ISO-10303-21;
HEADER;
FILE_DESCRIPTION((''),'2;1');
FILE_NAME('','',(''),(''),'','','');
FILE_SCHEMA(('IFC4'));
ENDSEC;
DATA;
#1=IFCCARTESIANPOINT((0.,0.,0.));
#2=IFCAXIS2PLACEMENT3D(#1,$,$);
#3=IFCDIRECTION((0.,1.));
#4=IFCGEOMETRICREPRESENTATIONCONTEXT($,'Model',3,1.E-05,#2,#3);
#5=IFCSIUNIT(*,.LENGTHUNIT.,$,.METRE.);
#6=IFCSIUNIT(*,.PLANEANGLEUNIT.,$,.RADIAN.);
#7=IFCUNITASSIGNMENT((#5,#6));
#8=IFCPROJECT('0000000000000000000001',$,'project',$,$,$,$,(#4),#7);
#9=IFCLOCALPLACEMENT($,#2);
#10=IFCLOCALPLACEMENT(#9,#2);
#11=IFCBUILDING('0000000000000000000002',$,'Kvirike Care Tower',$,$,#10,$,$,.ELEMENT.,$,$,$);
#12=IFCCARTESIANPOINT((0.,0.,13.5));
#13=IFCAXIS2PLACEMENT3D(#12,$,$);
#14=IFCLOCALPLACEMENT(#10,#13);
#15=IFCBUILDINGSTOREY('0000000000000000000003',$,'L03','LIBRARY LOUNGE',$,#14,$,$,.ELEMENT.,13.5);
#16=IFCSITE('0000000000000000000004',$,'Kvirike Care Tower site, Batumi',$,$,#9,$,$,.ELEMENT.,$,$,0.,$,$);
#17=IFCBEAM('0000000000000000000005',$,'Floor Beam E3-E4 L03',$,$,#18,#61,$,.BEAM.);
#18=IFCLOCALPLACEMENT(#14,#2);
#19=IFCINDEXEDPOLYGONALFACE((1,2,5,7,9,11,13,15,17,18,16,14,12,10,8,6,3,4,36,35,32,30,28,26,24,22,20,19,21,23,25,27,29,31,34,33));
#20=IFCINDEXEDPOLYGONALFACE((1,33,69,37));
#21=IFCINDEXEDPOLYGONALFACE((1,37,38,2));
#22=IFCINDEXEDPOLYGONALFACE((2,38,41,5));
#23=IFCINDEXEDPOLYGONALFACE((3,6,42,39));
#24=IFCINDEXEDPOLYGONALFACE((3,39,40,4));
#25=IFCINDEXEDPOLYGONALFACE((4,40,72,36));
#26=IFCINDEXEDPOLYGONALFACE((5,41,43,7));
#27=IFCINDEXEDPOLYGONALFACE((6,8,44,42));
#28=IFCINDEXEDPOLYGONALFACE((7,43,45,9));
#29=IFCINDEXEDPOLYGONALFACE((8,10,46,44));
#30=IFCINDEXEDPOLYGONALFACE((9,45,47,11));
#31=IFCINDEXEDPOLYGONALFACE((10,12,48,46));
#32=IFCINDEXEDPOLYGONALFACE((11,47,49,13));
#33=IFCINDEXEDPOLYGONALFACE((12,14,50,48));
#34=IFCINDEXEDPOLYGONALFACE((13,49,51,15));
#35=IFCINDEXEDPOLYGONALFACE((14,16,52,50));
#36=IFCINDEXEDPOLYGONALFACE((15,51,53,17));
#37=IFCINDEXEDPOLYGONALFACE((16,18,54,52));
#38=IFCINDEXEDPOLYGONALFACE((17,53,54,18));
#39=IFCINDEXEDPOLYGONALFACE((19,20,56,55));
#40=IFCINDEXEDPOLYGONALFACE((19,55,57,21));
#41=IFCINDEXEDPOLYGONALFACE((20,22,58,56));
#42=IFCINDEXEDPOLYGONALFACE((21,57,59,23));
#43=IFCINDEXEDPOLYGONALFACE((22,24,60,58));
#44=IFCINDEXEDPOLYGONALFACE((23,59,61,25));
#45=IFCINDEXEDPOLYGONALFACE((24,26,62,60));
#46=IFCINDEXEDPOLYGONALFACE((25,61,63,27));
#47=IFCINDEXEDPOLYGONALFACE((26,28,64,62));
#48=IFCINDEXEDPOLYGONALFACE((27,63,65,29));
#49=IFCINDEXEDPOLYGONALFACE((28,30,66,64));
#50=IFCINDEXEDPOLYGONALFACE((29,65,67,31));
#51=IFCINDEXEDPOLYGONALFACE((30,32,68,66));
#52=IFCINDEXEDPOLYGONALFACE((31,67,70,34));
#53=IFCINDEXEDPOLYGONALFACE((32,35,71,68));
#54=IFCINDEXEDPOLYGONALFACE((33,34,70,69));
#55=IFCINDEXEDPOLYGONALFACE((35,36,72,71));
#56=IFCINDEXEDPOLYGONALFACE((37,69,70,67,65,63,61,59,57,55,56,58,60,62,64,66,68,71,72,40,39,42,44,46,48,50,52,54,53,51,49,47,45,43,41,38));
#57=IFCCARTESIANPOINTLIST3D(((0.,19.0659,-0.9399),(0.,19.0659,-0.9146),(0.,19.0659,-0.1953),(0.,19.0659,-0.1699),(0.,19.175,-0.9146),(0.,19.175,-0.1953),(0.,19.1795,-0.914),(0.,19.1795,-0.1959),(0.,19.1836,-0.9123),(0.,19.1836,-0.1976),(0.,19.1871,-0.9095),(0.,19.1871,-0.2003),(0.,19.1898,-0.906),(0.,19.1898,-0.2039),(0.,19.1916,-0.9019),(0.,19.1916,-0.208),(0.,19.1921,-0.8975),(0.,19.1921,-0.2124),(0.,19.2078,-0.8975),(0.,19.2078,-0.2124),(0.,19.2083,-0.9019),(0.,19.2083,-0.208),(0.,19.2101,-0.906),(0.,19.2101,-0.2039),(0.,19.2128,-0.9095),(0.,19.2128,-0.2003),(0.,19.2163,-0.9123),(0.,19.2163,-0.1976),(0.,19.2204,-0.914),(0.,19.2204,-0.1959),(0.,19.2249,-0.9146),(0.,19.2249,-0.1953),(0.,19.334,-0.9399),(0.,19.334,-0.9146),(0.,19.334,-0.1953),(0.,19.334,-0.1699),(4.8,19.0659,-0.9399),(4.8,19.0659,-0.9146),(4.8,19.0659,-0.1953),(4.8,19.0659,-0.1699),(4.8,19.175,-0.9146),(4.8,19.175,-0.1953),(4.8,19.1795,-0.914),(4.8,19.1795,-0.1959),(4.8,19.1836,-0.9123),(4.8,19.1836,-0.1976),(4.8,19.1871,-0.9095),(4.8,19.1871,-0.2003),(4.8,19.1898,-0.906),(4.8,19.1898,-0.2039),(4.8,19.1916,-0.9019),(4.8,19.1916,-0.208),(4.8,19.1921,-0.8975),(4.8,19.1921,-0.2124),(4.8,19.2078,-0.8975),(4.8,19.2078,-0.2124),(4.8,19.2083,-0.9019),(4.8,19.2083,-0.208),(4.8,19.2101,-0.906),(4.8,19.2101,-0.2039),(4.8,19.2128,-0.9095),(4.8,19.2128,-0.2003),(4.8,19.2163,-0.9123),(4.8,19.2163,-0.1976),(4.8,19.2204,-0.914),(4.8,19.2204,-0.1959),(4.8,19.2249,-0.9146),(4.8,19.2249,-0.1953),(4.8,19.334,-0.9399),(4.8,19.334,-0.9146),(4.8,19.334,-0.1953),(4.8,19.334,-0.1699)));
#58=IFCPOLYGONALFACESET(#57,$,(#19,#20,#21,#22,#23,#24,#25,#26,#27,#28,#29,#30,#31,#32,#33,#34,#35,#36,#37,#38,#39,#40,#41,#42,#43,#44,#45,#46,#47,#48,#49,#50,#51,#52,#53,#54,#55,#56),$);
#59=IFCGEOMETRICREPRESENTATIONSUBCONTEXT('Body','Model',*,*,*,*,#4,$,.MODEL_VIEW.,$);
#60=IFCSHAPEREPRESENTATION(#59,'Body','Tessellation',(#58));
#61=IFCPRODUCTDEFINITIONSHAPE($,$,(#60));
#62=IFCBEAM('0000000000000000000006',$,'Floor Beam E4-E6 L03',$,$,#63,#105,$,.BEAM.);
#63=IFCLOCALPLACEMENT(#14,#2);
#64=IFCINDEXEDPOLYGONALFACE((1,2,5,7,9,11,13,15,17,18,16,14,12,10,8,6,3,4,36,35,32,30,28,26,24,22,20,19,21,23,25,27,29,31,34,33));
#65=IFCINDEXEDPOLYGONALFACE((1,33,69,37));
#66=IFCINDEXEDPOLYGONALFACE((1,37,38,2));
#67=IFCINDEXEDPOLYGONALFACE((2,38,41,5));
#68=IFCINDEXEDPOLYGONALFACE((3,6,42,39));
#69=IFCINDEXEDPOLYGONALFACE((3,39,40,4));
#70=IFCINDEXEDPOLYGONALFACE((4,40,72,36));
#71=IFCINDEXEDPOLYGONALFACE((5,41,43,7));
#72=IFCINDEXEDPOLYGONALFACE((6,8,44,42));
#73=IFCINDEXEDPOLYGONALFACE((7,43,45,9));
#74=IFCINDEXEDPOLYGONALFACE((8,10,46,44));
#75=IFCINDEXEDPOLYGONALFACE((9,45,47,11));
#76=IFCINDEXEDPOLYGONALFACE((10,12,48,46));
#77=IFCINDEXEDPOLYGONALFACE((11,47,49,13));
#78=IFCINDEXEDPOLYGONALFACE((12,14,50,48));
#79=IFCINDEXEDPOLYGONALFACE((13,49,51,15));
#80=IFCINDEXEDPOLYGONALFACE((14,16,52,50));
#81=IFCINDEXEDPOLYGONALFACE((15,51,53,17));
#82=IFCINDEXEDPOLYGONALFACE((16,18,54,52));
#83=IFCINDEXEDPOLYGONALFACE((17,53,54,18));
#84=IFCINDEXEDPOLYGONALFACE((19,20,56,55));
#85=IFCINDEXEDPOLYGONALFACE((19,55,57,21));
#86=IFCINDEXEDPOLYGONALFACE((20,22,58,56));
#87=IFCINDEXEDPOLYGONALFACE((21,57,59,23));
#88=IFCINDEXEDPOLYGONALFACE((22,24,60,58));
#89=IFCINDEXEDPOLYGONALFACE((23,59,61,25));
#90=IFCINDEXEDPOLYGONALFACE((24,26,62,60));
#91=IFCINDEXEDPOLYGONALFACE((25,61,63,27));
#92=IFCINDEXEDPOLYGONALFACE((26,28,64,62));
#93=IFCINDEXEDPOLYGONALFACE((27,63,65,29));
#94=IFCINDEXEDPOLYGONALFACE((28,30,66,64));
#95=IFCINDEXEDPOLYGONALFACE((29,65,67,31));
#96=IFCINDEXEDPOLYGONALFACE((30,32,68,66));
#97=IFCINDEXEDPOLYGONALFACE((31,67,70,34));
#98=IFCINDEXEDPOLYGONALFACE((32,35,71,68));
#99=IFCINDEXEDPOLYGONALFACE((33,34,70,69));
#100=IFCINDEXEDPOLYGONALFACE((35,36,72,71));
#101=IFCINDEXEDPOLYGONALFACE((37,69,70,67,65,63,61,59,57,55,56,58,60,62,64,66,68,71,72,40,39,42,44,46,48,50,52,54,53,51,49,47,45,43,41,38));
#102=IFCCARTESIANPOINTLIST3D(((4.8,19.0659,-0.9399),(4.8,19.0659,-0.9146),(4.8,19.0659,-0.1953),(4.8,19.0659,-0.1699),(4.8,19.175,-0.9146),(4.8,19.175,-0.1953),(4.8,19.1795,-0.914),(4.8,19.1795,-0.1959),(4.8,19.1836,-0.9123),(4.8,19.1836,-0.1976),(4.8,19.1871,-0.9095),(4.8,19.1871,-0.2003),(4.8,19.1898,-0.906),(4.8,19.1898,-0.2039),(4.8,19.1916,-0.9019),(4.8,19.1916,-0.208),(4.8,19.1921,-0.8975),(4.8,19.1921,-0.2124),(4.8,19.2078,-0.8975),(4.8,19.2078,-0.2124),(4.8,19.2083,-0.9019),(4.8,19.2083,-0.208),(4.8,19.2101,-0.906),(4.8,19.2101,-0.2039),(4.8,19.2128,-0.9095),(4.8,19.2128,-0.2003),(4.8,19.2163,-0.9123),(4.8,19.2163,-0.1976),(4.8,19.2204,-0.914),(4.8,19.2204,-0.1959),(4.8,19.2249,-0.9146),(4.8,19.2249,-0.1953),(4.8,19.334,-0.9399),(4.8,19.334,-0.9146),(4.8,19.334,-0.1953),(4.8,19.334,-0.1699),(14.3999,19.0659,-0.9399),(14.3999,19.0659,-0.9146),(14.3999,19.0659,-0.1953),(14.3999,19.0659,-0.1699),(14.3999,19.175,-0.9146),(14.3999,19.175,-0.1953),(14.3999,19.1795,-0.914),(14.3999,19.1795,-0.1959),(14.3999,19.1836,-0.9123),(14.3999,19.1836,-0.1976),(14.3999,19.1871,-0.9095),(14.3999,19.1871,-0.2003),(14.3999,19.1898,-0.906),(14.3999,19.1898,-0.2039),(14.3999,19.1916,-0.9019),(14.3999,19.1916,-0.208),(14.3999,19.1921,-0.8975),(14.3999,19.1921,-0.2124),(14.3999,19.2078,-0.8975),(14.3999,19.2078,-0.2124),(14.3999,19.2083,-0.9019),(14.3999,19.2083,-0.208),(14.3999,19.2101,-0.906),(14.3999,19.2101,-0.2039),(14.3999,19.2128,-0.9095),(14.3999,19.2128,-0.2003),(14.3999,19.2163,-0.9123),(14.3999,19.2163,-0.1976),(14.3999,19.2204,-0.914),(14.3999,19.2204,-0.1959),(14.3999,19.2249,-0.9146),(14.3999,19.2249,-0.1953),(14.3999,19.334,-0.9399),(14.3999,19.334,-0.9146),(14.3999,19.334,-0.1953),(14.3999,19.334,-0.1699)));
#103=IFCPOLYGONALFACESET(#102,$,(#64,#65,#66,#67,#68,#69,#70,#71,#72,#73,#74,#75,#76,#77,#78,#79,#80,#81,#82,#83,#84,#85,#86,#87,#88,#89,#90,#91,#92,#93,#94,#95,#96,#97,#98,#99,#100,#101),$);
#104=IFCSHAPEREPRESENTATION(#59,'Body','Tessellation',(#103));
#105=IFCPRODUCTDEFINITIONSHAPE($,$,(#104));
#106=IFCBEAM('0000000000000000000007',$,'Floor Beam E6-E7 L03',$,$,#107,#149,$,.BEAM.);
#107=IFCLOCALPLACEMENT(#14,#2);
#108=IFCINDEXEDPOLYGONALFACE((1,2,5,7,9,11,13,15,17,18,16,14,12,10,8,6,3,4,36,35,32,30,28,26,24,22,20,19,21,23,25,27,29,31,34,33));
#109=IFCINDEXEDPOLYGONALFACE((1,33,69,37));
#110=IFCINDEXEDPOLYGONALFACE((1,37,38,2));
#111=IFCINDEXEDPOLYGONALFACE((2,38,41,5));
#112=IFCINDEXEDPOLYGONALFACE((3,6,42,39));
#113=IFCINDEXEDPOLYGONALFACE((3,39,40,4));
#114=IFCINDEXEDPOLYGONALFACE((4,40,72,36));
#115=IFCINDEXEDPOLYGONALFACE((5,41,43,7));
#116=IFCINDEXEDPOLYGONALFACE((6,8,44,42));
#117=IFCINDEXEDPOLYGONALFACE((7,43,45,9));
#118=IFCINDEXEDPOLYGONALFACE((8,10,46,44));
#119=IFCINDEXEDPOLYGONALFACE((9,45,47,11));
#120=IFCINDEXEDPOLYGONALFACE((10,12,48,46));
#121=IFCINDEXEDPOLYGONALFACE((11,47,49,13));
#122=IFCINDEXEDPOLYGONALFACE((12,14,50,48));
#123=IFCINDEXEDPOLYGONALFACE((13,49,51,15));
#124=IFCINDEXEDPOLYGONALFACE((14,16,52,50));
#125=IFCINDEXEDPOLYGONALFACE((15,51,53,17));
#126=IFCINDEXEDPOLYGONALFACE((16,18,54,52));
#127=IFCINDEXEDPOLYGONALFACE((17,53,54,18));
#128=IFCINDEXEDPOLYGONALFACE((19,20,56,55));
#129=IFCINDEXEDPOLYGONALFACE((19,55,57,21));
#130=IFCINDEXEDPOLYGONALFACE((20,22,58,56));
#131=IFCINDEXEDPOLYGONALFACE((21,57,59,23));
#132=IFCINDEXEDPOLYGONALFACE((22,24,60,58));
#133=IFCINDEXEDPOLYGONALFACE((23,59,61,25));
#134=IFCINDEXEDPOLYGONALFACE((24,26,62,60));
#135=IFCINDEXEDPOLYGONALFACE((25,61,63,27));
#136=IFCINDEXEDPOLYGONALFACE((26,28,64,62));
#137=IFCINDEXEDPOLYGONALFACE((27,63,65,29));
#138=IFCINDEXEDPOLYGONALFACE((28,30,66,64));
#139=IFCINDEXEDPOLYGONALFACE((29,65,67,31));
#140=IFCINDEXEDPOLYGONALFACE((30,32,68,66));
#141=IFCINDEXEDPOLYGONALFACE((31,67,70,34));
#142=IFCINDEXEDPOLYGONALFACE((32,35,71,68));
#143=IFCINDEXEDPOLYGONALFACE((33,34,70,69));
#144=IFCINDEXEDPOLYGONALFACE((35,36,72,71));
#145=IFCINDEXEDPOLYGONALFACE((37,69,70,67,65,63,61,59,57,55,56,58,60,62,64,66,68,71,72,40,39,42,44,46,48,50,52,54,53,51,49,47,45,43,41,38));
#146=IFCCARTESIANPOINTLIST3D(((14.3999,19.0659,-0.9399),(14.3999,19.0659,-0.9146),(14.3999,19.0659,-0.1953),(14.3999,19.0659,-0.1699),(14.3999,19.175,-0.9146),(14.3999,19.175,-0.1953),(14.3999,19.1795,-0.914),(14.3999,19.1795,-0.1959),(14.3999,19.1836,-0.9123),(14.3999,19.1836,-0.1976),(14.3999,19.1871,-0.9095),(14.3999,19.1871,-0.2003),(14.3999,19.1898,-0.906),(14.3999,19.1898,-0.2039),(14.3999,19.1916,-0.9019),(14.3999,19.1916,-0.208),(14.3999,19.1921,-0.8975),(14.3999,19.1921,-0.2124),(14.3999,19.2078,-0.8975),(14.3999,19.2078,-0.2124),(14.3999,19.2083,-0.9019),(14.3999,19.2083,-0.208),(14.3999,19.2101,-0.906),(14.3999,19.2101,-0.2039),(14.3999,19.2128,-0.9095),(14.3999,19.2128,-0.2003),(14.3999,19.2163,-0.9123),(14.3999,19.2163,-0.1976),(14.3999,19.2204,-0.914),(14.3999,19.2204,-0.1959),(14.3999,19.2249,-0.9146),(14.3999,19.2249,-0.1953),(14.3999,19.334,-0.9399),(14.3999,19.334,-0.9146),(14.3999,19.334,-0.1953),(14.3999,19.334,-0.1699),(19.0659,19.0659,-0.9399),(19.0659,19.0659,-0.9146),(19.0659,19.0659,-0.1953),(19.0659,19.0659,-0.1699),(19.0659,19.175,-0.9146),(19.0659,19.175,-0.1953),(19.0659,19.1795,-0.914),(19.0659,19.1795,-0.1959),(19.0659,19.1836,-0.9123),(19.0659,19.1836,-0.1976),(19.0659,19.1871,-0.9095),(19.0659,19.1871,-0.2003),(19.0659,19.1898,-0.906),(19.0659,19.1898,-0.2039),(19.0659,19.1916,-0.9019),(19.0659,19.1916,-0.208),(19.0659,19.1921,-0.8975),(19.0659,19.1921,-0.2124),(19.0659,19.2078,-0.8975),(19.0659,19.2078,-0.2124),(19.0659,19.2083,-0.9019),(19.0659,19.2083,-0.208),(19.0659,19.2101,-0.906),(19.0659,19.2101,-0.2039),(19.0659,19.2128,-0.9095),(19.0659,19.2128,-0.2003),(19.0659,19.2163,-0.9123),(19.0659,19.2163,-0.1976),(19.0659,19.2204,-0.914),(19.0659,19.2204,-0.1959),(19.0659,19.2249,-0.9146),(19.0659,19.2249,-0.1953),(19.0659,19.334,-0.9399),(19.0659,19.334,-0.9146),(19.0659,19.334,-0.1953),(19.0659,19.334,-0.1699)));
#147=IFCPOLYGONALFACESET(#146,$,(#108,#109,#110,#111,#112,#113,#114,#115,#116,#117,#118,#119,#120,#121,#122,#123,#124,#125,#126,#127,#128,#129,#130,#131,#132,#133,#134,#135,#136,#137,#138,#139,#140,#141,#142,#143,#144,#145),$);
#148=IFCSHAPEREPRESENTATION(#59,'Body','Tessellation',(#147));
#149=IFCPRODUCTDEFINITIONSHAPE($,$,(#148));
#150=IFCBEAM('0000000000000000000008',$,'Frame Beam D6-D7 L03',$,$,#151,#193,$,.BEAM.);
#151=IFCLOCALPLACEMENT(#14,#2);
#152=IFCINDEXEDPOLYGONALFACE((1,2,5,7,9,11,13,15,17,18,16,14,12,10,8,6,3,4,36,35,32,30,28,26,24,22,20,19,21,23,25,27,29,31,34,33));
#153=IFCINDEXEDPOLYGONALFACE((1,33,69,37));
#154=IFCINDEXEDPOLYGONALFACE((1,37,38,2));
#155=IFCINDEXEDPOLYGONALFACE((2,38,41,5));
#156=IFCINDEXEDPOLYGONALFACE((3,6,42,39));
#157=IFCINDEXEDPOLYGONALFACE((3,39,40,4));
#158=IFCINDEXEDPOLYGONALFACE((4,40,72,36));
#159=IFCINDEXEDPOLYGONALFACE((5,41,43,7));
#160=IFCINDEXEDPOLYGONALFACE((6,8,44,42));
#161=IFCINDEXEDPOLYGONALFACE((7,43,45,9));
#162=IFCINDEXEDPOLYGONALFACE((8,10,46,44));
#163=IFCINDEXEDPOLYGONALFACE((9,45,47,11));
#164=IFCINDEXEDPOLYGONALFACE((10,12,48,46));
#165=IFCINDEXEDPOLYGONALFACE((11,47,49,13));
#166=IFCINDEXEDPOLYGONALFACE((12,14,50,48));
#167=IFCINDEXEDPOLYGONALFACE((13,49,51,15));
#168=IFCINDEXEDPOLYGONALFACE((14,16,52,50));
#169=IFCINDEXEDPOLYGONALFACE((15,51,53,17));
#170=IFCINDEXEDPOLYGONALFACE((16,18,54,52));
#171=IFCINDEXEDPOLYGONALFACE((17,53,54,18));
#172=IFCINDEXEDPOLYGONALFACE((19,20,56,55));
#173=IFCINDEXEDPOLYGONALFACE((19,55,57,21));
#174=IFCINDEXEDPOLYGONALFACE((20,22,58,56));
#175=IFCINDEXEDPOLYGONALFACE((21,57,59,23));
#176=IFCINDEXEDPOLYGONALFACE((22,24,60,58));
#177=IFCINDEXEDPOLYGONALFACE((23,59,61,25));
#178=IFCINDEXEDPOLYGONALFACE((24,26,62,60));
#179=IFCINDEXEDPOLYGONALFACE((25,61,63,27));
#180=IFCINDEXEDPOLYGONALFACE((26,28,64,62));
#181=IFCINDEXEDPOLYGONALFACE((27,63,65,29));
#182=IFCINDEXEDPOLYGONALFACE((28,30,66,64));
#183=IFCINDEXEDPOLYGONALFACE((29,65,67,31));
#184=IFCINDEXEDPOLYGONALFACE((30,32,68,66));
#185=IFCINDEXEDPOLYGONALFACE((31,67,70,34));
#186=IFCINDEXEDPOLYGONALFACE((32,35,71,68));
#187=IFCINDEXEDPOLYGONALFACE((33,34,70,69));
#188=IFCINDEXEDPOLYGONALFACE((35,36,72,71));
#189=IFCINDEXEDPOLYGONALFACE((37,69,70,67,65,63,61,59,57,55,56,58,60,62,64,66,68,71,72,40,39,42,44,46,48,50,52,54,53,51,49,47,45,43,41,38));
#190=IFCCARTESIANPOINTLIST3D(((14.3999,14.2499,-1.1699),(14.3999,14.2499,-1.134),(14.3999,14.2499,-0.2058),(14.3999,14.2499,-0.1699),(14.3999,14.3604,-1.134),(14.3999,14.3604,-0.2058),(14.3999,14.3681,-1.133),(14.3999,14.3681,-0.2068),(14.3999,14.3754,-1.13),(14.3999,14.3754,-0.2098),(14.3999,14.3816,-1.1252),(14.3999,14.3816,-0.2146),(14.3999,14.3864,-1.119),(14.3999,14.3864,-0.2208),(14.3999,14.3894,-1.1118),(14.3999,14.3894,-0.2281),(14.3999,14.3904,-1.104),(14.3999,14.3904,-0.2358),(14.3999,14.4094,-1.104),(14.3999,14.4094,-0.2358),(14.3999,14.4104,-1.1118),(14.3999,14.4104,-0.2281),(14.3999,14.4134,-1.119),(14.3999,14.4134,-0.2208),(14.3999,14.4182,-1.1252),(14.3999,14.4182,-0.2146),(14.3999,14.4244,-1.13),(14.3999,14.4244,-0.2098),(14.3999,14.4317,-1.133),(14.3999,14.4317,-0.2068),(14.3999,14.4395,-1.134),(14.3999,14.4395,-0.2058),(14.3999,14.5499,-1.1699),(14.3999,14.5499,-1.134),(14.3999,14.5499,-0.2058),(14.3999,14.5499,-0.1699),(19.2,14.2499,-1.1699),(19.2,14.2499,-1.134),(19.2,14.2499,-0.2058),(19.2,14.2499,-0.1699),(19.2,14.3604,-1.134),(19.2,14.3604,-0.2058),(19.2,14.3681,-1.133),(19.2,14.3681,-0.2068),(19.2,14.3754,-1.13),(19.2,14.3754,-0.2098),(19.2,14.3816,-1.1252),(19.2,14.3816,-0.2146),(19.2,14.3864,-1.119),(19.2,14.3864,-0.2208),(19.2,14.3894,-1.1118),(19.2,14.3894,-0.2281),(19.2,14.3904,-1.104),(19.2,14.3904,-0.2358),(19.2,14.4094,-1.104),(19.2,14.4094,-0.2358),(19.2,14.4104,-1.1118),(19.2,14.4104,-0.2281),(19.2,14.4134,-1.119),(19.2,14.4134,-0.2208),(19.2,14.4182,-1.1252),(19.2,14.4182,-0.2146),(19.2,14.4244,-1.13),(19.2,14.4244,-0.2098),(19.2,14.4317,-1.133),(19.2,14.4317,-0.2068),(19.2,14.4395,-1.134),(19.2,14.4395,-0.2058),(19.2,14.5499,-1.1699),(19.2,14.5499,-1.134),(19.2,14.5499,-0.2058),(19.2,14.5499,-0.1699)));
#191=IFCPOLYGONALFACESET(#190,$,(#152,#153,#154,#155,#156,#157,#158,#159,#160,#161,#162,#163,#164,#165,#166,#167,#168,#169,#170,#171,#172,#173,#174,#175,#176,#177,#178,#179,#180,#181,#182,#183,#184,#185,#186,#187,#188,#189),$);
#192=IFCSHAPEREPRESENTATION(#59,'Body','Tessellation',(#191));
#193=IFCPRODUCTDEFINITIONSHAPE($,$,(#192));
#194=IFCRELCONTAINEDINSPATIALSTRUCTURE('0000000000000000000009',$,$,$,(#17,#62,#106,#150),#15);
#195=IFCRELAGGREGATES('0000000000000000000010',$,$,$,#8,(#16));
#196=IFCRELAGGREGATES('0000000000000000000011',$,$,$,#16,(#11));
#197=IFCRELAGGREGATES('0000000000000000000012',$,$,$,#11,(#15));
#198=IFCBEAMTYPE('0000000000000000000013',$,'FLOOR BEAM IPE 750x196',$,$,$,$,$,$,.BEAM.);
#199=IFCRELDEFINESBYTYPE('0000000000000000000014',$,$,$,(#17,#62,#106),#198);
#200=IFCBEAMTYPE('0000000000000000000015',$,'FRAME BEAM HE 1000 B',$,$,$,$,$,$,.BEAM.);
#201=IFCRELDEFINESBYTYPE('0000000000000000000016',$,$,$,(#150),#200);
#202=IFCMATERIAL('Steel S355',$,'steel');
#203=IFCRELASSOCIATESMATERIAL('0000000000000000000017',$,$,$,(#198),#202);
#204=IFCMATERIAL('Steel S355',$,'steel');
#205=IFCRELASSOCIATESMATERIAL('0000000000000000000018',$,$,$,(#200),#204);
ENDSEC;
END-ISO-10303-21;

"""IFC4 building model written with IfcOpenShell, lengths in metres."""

from ifc_helpers import new_model, si_unit, direction, frame, origin, origin_2d, place, context, subcontext, project, spatial, i_section, extrude, material, material_profile, profile_set, type_object, element, save


model = new_model("IFC4")

# Units and contexts
model_context = context("Model", 3, precision=1e-05, world=origin(), true_north=direction((0.0, 1.0)))
body_context = subcontext(model_context, "Body", "Model", "MODEL_VIEW")
ifc_project = project(units=[si_unit("LENGTHUNIT", "METRE"), si_unit("PLANEANGLEUNIT", "RADIAN")], contexts=[model_context])

# Site, building, storey
site_placement = place(None, origin())
site = spatial("IfcSite", under=ifc_project, at=site_placement, Name="Kvirike Care Tower site, Batumi", CompositionType="ELEMENT", RefElevation=0.0)
building_placement = place(site_placement, origin())
building = spatial("IfcBuilding", under=site, at=building_placement, Name="Kvirike Care Tower", CompositionType="ELEMENT")
storey_placement = place(building_placement, frame((0.0, 0.0, 13.5)))
storey = spatial("IfcBuildingStorey", under=building, at=storey_placement, Name="L03", Description="LIBRARY LOUNGE", CompositionType="ELEMENT", Elevation=13.5)

# Beams
ifc_material_1 = material(Name="Steel S355", Category="steel")
ifc_material_profile_1 = material_profile(ifc_material_1, i_section(OverallWidth=0.2681, OverallDepth=0.77, WebThickness=0.0156, FlangeThickness=0.0254, FilletRadius=0.0171, at=origin_2d()), Name="IPE 750x196")
ifc_profile_set_1 = profile_set([ifc_material_profile_1], Name="Steel S355")
beam_type_1 = type_object("IfcBeamType", Name="FLOOR BEAM IPE 750x196", PredefinedType="BEAM", material=ifc_profile_set_1)
beam_1_placement = place(storey_placement, frame((0.0, 19.2, -0.5549), z_axis=(1.0, 0.0, 0.0), x_axis=(0.0, 1.0, 0.0)))
element("IfcBeam", 1, at=beam_1_placement, inside=storey, type_object=beam_type_1, Name="Floor Beam E3-E4 L03", PredefinedType="BEAM", context=body_context, shape_type="SweptSolid", body=[
    extrude(i_section(OverallWidth=0.2681, OverallDepth=0.77, WebThickness=0.0156, FlangeThickness=0.0254, FilletRadius=0.0171, at=origin_2d()), origin(), (0.0, 0.0, 1.0), 4.8),
])
beam_2_placement = place(storey_placement, frame((4.8, 19.2, -0.5549), z_axis=(1.0, 0.0, 0.0), x_axis=(0.0, 1.0, 0.0)))
element("IfcBeam", 2, at=beam_2_placement, inside=storey, type_object=beam_type_1, Name="Floor Beam E4-E6 L03", PredefinedType="BEAM", context=body_context, shape_type="SweptSolid", body=[
    extrude(i_section(OverallWidth=0.2681, OverallDepth=0.77, WebThickness=0.0156, FlangeThickness=0.0254, FilletRadius=0.0171, at=origin_2d()), origin(), (0.0, 0.0, 1.0), 9.5999),
])
beam_3_placement = place(storey_placement, frame((14.3999, 19.2, -0.5549), z_axis=(1.0, 0.0, 0.0), x_axis=(0.0, 1.0, 0.0)))
element("IfcBeam", 3, at=beam_3_placement, inside=storey, type_object=beam_type_1, Name="Floor Beam E6-E7 L03", PredefinedType="BEAM", context=body_context, shape_type="SweptSolid", body=[
    extrude(i_section(OverallWidth=0.2681, OverallDepth=0.77, WebThickness=0.0156, FlangeThickness=0.0254, FilletRadius=0.0171, at=origin_2d()), origin(), (0.0, 0.0, 1.0), 4.666),
])
ifc_material_2 = material(Name="Steel S355", Category="steel")
ifc_material_profile_2 = material_profile(ifc_material_2, i_section(OverallWidth=0.3, OverallDepth=1.0, WebThickness=0.019, FlangeThickness=0.0359, FilletRadius=0.03, at=origin_2d()), Name="HE 1000 B")
ifc_profile_set_2 = profile_set([ifc_material_profile_2], Name="Steel S355")
beam_type_2 = type_object("IfcBeamType", Name="FRAME BEAM HE 1000 B", PredefinedType="BEAM", material=ifc_profile_set_2)
for number, where, z_axis, x_axis, name in (
    (4, (14.3999, 14.3999, -0.6699), (1.0, 0.0, 0.0), (0.0, 1.0, 0.0), "Frame Beam D6-D7 L03"),
):
    element("IfcBeam", number, at=place(storey_placement, frame(where, z_axis=z_axis, x_axis=x_axis)), inside=storey, type_object=beam_type_2, Name=name, PredefinedType="BEAM", context=body_context, shape_type="SweptSolid", body=[
        extrude(i_section(OverallWidth=0.3, OverallDepth=1.0, WebThickness=0.019, FlangeThickness=0.0359, FilletRadius=0.03, at=origin_2d()), origin(), (0.0, 0.0, 1.0), 4.8),
    ])

save(model, "model.ifc")
